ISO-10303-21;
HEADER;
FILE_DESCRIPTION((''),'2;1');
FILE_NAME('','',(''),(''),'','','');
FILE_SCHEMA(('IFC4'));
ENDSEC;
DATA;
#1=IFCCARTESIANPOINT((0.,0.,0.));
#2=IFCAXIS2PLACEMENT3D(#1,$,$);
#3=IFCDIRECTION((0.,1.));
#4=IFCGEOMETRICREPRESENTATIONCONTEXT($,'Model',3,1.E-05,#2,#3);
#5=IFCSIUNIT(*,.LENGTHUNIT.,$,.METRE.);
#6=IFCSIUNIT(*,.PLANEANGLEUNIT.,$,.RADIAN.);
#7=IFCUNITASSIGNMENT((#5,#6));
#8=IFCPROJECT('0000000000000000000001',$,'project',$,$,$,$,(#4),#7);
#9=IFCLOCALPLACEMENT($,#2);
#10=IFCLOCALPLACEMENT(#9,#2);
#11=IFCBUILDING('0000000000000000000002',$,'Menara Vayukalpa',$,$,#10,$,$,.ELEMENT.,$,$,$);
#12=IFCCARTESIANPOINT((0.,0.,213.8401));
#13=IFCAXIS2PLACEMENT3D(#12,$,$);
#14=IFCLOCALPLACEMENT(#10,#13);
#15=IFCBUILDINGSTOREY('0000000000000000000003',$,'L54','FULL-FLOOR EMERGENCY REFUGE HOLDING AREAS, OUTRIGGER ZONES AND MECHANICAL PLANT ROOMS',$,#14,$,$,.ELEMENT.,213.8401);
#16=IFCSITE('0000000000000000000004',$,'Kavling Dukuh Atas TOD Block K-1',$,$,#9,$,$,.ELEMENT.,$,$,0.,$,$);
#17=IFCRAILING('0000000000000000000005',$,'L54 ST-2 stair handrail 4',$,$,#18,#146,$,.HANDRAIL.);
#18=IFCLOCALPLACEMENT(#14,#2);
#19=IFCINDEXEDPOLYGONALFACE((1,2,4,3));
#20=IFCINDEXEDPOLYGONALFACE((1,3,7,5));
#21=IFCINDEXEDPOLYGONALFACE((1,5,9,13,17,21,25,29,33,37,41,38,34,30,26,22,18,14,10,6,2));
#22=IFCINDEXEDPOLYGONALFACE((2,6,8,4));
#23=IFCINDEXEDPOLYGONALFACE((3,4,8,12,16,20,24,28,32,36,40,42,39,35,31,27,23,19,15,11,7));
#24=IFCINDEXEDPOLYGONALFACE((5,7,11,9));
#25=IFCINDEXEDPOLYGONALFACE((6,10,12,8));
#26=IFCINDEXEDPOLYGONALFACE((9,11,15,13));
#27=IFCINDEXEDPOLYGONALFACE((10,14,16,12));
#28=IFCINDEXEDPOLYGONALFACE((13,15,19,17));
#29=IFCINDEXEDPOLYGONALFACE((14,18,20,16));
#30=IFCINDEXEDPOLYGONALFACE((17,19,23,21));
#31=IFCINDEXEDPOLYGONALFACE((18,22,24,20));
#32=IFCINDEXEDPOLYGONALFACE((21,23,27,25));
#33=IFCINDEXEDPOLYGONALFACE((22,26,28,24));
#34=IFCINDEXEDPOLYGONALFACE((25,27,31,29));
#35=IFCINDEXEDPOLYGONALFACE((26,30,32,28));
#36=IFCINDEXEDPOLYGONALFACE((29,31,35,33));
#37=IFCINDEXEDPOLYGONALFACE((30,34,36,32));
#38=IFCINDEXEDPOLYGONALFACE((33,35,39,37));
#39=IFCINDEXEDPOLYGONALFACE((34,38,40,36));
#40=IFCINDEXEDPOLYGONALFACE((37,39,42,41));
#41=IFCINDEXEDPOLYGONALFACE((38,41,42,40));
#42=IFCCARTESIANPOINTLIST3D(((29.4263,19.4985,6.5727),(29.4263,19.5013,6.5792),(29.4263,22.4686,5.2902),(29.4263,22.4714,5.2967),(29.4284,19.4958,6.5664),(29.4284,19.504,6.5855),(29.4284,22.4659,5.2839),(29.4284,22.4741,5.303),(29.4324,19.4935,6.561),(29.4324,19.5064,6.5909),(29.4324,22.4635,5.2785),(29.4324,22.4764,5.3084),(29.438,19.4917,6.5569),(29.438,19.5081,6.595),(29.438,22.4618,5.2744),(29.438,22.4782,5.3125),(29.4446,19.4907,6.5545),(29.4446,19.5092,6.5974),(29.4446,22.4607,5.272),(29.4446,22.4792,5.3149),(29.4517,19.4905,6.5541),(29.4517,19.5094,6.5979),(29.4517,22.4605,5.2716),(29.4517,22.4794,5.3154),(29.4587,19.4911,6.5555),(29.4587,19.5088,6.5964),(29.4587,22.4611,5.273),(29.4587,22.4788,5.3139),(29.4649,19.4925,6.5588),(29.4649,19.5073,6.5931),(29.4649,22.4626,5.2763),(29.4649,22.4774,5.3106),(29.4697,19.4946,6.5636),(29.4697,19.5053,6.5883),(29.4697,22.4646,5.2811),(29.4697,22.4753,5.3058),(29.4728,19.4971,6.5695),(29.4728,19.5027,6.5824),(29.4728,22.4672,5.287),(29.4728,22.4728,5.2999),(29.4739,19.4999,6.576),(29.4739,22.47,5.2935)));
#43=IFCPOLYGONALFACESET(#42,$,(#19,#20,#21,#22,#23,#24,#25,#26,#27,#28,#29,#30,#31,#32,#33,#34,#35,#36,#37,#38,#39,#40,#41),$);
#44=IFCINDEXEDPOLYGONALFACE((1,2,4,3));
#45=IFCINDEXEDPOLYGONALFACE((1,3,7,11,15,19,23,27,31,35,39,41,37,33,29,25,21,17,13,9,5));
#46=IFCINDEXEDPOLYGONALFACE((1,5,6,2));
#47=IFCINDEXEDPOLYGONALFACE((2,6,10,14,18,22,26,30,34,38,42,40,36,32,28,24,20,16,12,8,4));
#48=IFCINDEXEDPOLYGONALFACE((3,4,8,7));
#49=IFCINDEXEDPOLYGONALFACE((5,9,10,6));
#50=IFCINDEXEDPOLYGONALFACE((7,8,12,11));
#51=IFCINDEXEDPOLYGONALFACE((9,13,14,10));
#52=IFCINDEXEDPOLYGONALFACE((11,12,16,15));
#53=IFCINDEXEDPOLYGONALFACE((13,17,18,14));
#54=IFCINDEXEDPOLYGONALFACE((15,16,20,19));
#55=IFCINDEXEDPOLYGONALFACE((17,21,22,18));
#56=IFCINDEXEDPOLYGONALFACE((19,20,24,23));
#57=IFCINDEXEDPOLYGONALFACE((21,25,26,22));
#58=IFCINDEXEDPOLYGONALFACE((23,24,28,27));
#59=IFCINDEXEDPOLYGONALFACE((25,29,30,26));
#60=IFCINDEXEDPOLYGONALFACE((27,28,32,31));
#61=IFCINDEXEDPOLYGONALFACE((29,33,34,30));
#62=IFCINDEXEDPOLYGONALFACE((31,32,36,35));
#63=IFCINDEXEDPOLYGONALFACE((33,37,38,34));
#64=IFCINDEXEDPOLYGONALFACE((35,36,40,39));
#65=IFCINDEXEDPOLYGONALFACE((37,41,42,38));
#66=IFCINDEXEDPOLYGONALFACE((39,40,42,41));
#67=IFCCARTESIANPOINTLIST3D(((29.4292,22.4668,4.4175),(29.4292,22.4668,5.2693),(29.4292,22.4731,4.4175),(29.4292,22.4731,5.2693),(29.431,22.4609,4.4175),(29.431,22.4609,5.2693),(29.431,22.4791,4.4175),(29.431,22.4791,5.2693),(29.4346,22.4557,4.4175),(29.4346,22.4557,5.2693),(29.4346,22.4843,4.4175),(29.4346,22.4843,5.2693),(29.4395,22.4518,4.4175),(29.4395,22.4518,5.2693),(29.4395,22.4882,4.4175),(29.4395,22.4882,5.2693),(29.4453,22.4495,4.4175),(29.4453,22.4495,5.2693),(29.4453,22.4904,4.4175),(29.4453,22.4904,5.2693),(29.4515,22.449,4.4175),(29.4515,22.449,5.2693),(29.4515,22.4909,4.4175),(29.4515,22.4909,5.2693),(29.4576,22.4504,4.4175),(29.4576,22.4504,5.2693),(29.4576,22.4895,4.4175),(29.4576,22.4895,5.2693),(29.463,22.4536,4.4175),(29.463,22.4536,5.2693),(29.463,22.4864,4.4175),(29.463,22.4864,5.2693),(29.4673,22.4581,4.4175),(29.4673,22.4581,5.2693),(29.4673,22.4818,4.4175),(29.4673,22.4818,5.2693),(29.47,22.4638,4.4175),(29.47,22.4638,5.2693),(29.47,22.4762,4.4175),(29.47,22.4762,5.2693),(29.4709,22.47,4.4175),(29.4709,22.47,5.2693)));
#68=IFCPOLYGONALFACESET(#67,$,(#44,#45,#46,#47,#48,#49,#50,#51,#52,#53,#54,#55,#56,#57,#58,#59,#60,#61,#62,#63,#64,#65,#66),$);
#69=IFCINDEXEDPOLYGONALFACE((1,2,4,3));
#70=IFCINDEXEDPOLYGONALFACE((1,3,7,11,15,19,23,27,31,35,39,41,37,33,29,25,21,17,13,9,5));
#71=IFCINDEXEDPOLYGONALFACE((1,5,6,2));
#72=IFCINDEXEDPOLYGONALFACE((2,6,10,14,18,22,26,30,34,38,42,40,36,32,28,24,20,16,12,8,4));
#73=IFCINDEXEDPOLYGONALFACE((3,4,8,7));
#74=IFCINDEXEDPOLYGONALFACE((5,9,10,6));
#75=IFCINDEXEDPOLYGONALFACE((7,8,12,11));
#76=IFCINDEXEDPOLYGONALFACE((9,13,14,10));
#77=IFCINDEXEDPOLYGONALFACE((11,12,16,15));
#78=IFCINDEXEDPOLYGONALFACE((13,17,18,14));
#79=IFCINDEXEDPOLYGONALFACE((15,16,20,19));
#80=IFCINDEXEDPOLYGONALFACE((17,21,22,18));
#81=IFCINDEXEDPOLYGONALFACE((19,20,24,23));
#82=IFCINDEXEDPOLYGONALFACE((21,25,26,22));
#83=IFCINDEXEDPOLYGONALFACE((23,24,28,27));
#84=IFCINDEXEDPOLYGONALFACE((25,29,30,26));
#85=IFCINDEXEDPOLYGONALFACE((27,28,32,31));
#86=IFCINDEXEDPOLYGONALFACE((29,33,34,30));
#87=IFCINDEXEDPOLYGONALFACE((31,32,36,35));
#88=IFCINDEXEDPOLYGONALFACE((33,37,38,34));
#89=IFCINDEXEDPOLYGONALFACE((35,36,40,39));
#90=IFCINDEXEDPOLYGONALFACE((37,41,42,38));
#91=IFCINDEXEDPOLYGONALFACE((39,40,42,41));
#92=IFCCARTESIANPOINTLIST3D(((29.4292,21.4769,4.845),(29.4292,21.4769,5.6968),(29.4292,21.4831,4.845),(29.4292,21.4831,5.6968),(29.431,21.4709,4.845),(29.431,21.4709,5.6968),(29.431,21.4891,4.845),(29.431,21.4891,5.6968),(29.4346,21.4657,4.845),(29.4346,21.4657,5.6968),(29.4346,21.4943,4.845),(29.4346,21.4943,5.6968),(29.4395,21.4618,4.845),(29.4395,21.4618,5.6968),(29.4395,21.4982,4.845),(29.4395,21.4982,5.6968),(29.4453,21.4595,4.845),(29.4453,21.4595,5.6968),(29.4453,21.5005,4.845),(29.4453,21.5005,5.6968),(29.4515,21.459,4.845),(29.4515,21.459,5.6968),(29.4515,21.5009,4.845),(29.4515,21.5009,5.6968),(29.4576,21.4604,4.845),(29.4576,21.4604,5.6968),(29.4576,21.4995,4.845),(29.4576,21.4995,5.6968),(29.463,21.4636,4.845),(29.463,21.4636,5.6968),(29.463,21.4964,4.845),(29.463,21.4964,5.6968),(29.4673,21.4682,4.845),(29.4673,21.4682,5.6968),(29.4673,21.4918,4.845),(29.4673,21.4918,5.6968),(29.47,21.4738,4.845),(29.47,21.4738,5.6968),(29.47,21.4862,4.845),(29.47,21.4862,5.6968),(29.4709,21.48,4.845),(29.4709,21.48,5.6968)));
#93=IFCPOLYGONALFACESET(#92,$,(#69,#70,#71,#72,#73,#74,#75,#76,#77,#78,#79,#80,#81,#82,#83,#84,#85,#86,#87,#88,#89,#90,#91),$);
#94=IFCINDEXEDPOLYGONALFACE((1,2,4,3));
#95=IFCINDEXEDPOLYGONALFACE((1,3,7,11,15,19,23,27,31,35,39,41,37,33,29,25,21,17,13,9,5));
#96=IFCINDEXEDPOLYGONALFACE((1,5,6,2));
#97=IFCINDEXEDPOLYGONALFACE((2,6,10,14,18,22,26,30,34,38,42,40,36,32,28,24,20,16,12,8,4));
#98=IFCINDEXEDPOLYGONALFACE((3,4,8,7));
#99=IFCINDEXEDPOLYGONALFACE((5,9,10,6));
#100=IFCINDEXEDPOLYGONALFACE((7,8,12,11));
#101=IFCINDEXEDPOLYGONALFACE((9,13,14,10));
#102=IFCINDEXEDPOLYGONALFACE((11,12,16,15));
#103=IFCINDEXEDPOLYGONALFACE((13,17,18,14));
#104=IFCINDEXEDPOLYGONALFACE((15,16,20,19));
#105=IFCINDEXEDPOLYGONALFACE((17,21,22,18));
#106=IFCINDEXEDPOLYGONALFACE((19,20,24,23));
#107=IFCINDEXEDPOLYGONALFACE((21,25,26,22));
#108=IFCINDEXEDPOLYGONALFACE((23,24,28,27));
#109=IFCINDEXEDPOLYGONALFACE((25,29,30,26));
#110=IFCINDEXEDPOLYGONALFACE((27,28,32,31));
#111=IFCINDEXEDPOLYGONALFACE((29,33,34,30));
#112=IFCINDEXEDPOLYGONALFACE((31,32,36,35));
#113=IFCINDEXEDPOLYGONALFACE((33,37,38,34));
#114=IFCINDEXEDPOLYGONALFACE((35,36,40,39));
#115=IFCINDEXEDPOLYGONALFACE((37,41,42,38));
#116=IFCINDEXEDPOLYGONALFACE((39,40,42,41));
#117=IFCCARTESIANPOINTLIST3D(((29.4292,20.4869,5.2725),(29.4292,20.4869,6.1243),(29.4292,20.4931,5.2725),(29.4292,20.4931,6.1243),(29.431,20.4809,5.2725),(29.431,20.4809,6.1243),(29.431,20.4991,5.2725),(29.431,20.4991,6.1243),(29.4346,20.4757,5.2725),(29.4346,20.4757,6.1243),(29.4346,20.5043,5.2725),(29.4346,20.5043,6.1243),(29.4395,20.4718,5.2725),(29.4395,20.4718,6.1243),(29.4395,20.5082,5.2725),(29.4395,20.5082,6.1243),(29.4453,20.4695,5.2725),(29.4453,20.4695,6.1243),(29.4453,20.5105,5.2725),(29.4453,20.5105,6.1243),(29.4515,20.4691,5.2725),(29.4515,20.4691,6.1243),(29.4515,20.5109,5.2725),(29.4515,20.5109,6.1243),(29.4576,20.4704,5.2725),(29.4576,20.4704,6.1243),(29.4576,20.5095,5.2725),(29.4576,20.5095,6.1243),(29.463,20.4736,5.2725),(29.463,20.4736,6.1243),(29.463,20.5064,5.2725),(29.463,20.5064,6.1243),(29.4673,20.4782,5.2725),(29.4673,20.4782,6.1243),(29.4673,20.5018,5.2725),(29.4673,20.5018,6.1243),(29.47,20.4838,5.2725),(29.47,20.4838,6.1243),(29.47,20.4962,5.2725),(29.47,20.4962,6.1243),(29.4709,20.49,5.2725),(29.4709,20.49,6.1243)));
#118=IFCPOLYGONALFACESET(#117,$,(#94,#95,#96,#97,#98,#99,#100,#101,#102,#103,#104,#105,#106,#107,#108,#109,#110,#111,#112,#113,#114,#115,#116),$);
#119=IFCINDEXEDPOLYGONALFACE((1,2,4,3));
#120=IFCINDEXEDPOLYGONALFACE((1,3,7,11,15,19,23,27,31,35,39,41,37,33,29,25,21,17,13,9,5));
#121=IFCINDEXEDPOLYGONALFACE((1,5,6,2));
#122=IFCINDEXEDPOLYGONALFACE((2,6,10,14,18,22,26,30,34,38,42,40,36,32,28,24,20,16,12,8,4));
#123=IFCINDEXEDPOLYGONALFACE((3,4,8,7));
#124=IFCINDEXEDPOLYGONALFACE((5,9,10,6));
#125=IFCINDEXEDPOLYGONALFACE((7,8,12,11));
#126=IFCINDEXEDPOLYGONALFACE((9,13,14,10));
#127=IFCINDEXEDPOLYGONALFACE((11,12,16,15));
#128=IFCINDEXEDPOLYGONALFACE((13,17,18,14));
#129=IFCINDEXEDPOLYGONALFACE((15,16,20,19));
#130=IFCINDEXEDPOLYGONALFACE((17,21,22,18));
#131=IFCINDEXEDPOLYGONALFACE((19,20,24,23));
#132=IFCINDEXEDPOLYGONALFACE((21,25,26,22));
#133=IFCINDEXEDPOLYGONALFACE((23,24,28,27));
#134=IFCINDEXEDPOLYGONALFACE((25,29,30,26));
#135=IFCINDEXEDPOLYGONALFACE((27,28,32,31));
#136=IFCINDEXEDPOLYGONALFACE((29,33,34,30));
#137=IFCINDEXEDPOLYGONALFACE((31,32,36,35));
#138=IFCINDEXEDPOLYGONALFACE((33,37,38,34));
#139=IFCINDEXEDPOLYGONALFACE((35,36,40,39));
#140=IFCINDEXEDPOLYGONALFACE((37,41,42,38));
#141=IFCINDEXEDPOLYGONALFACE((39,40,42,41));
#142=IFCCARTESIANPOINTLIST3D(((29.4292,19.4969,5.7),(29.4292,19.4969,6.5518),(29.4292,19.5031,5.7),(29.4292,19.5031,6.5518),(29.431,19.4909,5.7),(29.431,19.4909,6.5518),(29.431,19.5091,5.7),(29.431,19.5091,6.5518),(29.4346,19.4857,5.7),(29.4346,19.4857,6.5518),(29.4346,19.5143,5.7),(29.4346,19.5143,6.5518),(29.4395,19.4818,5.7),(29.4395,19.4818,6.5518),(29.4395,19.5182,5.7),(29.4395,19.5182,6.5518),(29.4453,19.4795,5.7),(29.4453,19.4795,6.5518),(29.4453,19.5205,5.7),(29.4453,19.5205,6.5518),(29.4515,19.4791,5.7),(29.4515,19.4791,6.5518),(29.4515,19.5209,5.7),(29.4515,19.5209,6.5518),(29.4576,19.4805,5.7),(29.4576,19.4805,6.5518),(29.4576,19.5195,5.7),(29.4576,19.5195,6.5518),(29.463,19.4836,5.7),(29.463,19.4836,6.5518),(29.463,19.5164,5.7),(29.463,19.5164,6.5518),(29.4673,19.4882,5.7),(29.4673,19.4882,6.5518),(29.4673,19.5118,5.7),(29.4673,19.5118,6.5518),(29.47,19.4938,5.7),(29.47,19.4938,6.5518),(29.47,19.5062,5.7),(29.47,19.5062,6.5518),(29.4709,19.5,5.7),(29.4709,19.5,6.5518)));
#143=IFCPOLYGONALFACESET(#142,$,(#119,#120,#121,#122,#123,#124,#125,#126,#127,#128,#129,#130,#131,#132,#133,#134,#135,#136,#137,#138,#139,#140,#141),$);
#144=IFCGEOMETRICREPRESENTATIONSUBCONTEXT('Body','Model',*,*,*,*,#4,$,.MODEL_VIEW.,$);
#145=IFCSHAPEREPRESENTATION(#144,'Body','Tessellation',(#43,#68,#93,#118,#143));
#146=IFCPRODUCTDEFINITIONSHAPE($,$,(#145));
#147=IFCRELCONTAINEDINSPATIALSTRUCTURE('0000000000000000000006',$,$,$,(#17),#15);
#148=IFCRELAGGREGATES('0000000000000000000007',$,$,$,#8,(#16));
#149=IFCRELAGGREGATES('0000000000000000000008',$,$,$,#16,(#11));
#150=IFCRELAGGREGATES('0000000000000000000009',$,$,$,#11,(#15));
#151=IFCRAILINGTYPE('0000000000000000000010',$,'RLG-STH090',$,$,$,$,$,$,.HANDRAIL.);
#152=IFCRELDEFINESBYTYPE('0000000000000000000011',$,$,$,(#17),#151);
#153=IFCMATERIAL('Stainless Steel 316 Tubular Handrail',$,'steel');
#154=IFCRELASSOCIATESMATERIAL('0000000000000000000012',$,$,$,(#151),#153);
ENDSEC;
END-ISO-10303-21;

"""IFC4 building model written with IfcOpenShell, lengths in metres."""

from ifc_helpers import new_model, si_unit, direction, frame, origin, origin_2d, place, context, subcontext, project, spatial, circle, extrude, material, type_object, element, save


model = new_model("IFC4")

# Units and contexts
model_context = context("Model", 3, precision=1e-05, world=origin(), true_north=direction((0.0, 1.0)))
body_context = subcontext(model_context, "Body", "Model", "MODEL_VIEW")
ifc_project = project(units=[si_unit("LENGTHUNIT", "METRE"), si_unit("PLANEANGLEUNIT", "RADIAN")], contexts=[model_context])

# Site, building, storey
site_placement = place(None, origin())
site = spatial("IfcSite", under=ifc_project, at=site_placement, Name="Kavling Dukuh Atas TOD Block K-1", CompositionType="ELEMENT", RefElevation=0.0)
building_placement = place(site_placement, origin())
building = spatial("IfcBuilding", under=site, at=building_placement, Name="Menara Vayukalpa", CompositionType="ELEMENT")
storey_placement = place(building_placement, frame((0.0, 0.0, 213.8401)))
storey = spatial("IfcBuildingStorey", under=building, at=storey_placement, Name="L54", Description="FULL-FLOOR EMERGENCY REFUGE HOLDING AREAS, OUTRIGGER ZONES AND MECHANICAL PLANT ROOMS", CompositionType="ELEMENT", Elevation=213.8401)

# Railing
ifc_material_1 = material(Name="Stainless Steel 316 Tubular Handrail", Category="steel")
railing_type_1 = type_object("IfcRailingType", Name="RLG-STH090", PredefinedType="HANDRAIL", material=ifc_material_1)
for number, where, name in (
    (1, (29.45, 22.47, 4.4175), "L54 ST-2 stair handrail 4"),
):
    element("IfcRailing", number, at=place(storey_placement, frame(where)), inside=storey, type_object=railing_type_1, Name=name, PredefinedType="HANDRAIL", context=body_context, shape_type="SweptSolid", body=[
        extrude(circle(Radius=0.0239, at=origin_2d()), frame((0.0, 0.0, 0.876), z_axis=(0.0, -0.918064, 0.396432), x_axis=(1.0, 0.0, 0.0)), (0.0, 0.0, 1.0), 3.2351),
        extrude(circle(Radius=0.021, at=origin_2d()), origin(), (0.0, 0.0, 1.0), 0.8518),
        extrude(circle(Radius=0.021, at=origin_2d()), frame((0.0, -0.99, 0.4275)), (0.0, 0.0, 1.0), 0.8518),
        extrude(circle(Radius=0.021, at=origin_2d()), frame((0.0, -1.98, 0.855)), (0.0, 0.0, 1.0), 0.8518),
        extrude(circle(Radius=0.021, at=origin_2d()), frame((0.0, -2.97, 1.2825)), (0.0, 0.0, 1.0), 0.8518),
    ])

save(model, "model.ifc")
